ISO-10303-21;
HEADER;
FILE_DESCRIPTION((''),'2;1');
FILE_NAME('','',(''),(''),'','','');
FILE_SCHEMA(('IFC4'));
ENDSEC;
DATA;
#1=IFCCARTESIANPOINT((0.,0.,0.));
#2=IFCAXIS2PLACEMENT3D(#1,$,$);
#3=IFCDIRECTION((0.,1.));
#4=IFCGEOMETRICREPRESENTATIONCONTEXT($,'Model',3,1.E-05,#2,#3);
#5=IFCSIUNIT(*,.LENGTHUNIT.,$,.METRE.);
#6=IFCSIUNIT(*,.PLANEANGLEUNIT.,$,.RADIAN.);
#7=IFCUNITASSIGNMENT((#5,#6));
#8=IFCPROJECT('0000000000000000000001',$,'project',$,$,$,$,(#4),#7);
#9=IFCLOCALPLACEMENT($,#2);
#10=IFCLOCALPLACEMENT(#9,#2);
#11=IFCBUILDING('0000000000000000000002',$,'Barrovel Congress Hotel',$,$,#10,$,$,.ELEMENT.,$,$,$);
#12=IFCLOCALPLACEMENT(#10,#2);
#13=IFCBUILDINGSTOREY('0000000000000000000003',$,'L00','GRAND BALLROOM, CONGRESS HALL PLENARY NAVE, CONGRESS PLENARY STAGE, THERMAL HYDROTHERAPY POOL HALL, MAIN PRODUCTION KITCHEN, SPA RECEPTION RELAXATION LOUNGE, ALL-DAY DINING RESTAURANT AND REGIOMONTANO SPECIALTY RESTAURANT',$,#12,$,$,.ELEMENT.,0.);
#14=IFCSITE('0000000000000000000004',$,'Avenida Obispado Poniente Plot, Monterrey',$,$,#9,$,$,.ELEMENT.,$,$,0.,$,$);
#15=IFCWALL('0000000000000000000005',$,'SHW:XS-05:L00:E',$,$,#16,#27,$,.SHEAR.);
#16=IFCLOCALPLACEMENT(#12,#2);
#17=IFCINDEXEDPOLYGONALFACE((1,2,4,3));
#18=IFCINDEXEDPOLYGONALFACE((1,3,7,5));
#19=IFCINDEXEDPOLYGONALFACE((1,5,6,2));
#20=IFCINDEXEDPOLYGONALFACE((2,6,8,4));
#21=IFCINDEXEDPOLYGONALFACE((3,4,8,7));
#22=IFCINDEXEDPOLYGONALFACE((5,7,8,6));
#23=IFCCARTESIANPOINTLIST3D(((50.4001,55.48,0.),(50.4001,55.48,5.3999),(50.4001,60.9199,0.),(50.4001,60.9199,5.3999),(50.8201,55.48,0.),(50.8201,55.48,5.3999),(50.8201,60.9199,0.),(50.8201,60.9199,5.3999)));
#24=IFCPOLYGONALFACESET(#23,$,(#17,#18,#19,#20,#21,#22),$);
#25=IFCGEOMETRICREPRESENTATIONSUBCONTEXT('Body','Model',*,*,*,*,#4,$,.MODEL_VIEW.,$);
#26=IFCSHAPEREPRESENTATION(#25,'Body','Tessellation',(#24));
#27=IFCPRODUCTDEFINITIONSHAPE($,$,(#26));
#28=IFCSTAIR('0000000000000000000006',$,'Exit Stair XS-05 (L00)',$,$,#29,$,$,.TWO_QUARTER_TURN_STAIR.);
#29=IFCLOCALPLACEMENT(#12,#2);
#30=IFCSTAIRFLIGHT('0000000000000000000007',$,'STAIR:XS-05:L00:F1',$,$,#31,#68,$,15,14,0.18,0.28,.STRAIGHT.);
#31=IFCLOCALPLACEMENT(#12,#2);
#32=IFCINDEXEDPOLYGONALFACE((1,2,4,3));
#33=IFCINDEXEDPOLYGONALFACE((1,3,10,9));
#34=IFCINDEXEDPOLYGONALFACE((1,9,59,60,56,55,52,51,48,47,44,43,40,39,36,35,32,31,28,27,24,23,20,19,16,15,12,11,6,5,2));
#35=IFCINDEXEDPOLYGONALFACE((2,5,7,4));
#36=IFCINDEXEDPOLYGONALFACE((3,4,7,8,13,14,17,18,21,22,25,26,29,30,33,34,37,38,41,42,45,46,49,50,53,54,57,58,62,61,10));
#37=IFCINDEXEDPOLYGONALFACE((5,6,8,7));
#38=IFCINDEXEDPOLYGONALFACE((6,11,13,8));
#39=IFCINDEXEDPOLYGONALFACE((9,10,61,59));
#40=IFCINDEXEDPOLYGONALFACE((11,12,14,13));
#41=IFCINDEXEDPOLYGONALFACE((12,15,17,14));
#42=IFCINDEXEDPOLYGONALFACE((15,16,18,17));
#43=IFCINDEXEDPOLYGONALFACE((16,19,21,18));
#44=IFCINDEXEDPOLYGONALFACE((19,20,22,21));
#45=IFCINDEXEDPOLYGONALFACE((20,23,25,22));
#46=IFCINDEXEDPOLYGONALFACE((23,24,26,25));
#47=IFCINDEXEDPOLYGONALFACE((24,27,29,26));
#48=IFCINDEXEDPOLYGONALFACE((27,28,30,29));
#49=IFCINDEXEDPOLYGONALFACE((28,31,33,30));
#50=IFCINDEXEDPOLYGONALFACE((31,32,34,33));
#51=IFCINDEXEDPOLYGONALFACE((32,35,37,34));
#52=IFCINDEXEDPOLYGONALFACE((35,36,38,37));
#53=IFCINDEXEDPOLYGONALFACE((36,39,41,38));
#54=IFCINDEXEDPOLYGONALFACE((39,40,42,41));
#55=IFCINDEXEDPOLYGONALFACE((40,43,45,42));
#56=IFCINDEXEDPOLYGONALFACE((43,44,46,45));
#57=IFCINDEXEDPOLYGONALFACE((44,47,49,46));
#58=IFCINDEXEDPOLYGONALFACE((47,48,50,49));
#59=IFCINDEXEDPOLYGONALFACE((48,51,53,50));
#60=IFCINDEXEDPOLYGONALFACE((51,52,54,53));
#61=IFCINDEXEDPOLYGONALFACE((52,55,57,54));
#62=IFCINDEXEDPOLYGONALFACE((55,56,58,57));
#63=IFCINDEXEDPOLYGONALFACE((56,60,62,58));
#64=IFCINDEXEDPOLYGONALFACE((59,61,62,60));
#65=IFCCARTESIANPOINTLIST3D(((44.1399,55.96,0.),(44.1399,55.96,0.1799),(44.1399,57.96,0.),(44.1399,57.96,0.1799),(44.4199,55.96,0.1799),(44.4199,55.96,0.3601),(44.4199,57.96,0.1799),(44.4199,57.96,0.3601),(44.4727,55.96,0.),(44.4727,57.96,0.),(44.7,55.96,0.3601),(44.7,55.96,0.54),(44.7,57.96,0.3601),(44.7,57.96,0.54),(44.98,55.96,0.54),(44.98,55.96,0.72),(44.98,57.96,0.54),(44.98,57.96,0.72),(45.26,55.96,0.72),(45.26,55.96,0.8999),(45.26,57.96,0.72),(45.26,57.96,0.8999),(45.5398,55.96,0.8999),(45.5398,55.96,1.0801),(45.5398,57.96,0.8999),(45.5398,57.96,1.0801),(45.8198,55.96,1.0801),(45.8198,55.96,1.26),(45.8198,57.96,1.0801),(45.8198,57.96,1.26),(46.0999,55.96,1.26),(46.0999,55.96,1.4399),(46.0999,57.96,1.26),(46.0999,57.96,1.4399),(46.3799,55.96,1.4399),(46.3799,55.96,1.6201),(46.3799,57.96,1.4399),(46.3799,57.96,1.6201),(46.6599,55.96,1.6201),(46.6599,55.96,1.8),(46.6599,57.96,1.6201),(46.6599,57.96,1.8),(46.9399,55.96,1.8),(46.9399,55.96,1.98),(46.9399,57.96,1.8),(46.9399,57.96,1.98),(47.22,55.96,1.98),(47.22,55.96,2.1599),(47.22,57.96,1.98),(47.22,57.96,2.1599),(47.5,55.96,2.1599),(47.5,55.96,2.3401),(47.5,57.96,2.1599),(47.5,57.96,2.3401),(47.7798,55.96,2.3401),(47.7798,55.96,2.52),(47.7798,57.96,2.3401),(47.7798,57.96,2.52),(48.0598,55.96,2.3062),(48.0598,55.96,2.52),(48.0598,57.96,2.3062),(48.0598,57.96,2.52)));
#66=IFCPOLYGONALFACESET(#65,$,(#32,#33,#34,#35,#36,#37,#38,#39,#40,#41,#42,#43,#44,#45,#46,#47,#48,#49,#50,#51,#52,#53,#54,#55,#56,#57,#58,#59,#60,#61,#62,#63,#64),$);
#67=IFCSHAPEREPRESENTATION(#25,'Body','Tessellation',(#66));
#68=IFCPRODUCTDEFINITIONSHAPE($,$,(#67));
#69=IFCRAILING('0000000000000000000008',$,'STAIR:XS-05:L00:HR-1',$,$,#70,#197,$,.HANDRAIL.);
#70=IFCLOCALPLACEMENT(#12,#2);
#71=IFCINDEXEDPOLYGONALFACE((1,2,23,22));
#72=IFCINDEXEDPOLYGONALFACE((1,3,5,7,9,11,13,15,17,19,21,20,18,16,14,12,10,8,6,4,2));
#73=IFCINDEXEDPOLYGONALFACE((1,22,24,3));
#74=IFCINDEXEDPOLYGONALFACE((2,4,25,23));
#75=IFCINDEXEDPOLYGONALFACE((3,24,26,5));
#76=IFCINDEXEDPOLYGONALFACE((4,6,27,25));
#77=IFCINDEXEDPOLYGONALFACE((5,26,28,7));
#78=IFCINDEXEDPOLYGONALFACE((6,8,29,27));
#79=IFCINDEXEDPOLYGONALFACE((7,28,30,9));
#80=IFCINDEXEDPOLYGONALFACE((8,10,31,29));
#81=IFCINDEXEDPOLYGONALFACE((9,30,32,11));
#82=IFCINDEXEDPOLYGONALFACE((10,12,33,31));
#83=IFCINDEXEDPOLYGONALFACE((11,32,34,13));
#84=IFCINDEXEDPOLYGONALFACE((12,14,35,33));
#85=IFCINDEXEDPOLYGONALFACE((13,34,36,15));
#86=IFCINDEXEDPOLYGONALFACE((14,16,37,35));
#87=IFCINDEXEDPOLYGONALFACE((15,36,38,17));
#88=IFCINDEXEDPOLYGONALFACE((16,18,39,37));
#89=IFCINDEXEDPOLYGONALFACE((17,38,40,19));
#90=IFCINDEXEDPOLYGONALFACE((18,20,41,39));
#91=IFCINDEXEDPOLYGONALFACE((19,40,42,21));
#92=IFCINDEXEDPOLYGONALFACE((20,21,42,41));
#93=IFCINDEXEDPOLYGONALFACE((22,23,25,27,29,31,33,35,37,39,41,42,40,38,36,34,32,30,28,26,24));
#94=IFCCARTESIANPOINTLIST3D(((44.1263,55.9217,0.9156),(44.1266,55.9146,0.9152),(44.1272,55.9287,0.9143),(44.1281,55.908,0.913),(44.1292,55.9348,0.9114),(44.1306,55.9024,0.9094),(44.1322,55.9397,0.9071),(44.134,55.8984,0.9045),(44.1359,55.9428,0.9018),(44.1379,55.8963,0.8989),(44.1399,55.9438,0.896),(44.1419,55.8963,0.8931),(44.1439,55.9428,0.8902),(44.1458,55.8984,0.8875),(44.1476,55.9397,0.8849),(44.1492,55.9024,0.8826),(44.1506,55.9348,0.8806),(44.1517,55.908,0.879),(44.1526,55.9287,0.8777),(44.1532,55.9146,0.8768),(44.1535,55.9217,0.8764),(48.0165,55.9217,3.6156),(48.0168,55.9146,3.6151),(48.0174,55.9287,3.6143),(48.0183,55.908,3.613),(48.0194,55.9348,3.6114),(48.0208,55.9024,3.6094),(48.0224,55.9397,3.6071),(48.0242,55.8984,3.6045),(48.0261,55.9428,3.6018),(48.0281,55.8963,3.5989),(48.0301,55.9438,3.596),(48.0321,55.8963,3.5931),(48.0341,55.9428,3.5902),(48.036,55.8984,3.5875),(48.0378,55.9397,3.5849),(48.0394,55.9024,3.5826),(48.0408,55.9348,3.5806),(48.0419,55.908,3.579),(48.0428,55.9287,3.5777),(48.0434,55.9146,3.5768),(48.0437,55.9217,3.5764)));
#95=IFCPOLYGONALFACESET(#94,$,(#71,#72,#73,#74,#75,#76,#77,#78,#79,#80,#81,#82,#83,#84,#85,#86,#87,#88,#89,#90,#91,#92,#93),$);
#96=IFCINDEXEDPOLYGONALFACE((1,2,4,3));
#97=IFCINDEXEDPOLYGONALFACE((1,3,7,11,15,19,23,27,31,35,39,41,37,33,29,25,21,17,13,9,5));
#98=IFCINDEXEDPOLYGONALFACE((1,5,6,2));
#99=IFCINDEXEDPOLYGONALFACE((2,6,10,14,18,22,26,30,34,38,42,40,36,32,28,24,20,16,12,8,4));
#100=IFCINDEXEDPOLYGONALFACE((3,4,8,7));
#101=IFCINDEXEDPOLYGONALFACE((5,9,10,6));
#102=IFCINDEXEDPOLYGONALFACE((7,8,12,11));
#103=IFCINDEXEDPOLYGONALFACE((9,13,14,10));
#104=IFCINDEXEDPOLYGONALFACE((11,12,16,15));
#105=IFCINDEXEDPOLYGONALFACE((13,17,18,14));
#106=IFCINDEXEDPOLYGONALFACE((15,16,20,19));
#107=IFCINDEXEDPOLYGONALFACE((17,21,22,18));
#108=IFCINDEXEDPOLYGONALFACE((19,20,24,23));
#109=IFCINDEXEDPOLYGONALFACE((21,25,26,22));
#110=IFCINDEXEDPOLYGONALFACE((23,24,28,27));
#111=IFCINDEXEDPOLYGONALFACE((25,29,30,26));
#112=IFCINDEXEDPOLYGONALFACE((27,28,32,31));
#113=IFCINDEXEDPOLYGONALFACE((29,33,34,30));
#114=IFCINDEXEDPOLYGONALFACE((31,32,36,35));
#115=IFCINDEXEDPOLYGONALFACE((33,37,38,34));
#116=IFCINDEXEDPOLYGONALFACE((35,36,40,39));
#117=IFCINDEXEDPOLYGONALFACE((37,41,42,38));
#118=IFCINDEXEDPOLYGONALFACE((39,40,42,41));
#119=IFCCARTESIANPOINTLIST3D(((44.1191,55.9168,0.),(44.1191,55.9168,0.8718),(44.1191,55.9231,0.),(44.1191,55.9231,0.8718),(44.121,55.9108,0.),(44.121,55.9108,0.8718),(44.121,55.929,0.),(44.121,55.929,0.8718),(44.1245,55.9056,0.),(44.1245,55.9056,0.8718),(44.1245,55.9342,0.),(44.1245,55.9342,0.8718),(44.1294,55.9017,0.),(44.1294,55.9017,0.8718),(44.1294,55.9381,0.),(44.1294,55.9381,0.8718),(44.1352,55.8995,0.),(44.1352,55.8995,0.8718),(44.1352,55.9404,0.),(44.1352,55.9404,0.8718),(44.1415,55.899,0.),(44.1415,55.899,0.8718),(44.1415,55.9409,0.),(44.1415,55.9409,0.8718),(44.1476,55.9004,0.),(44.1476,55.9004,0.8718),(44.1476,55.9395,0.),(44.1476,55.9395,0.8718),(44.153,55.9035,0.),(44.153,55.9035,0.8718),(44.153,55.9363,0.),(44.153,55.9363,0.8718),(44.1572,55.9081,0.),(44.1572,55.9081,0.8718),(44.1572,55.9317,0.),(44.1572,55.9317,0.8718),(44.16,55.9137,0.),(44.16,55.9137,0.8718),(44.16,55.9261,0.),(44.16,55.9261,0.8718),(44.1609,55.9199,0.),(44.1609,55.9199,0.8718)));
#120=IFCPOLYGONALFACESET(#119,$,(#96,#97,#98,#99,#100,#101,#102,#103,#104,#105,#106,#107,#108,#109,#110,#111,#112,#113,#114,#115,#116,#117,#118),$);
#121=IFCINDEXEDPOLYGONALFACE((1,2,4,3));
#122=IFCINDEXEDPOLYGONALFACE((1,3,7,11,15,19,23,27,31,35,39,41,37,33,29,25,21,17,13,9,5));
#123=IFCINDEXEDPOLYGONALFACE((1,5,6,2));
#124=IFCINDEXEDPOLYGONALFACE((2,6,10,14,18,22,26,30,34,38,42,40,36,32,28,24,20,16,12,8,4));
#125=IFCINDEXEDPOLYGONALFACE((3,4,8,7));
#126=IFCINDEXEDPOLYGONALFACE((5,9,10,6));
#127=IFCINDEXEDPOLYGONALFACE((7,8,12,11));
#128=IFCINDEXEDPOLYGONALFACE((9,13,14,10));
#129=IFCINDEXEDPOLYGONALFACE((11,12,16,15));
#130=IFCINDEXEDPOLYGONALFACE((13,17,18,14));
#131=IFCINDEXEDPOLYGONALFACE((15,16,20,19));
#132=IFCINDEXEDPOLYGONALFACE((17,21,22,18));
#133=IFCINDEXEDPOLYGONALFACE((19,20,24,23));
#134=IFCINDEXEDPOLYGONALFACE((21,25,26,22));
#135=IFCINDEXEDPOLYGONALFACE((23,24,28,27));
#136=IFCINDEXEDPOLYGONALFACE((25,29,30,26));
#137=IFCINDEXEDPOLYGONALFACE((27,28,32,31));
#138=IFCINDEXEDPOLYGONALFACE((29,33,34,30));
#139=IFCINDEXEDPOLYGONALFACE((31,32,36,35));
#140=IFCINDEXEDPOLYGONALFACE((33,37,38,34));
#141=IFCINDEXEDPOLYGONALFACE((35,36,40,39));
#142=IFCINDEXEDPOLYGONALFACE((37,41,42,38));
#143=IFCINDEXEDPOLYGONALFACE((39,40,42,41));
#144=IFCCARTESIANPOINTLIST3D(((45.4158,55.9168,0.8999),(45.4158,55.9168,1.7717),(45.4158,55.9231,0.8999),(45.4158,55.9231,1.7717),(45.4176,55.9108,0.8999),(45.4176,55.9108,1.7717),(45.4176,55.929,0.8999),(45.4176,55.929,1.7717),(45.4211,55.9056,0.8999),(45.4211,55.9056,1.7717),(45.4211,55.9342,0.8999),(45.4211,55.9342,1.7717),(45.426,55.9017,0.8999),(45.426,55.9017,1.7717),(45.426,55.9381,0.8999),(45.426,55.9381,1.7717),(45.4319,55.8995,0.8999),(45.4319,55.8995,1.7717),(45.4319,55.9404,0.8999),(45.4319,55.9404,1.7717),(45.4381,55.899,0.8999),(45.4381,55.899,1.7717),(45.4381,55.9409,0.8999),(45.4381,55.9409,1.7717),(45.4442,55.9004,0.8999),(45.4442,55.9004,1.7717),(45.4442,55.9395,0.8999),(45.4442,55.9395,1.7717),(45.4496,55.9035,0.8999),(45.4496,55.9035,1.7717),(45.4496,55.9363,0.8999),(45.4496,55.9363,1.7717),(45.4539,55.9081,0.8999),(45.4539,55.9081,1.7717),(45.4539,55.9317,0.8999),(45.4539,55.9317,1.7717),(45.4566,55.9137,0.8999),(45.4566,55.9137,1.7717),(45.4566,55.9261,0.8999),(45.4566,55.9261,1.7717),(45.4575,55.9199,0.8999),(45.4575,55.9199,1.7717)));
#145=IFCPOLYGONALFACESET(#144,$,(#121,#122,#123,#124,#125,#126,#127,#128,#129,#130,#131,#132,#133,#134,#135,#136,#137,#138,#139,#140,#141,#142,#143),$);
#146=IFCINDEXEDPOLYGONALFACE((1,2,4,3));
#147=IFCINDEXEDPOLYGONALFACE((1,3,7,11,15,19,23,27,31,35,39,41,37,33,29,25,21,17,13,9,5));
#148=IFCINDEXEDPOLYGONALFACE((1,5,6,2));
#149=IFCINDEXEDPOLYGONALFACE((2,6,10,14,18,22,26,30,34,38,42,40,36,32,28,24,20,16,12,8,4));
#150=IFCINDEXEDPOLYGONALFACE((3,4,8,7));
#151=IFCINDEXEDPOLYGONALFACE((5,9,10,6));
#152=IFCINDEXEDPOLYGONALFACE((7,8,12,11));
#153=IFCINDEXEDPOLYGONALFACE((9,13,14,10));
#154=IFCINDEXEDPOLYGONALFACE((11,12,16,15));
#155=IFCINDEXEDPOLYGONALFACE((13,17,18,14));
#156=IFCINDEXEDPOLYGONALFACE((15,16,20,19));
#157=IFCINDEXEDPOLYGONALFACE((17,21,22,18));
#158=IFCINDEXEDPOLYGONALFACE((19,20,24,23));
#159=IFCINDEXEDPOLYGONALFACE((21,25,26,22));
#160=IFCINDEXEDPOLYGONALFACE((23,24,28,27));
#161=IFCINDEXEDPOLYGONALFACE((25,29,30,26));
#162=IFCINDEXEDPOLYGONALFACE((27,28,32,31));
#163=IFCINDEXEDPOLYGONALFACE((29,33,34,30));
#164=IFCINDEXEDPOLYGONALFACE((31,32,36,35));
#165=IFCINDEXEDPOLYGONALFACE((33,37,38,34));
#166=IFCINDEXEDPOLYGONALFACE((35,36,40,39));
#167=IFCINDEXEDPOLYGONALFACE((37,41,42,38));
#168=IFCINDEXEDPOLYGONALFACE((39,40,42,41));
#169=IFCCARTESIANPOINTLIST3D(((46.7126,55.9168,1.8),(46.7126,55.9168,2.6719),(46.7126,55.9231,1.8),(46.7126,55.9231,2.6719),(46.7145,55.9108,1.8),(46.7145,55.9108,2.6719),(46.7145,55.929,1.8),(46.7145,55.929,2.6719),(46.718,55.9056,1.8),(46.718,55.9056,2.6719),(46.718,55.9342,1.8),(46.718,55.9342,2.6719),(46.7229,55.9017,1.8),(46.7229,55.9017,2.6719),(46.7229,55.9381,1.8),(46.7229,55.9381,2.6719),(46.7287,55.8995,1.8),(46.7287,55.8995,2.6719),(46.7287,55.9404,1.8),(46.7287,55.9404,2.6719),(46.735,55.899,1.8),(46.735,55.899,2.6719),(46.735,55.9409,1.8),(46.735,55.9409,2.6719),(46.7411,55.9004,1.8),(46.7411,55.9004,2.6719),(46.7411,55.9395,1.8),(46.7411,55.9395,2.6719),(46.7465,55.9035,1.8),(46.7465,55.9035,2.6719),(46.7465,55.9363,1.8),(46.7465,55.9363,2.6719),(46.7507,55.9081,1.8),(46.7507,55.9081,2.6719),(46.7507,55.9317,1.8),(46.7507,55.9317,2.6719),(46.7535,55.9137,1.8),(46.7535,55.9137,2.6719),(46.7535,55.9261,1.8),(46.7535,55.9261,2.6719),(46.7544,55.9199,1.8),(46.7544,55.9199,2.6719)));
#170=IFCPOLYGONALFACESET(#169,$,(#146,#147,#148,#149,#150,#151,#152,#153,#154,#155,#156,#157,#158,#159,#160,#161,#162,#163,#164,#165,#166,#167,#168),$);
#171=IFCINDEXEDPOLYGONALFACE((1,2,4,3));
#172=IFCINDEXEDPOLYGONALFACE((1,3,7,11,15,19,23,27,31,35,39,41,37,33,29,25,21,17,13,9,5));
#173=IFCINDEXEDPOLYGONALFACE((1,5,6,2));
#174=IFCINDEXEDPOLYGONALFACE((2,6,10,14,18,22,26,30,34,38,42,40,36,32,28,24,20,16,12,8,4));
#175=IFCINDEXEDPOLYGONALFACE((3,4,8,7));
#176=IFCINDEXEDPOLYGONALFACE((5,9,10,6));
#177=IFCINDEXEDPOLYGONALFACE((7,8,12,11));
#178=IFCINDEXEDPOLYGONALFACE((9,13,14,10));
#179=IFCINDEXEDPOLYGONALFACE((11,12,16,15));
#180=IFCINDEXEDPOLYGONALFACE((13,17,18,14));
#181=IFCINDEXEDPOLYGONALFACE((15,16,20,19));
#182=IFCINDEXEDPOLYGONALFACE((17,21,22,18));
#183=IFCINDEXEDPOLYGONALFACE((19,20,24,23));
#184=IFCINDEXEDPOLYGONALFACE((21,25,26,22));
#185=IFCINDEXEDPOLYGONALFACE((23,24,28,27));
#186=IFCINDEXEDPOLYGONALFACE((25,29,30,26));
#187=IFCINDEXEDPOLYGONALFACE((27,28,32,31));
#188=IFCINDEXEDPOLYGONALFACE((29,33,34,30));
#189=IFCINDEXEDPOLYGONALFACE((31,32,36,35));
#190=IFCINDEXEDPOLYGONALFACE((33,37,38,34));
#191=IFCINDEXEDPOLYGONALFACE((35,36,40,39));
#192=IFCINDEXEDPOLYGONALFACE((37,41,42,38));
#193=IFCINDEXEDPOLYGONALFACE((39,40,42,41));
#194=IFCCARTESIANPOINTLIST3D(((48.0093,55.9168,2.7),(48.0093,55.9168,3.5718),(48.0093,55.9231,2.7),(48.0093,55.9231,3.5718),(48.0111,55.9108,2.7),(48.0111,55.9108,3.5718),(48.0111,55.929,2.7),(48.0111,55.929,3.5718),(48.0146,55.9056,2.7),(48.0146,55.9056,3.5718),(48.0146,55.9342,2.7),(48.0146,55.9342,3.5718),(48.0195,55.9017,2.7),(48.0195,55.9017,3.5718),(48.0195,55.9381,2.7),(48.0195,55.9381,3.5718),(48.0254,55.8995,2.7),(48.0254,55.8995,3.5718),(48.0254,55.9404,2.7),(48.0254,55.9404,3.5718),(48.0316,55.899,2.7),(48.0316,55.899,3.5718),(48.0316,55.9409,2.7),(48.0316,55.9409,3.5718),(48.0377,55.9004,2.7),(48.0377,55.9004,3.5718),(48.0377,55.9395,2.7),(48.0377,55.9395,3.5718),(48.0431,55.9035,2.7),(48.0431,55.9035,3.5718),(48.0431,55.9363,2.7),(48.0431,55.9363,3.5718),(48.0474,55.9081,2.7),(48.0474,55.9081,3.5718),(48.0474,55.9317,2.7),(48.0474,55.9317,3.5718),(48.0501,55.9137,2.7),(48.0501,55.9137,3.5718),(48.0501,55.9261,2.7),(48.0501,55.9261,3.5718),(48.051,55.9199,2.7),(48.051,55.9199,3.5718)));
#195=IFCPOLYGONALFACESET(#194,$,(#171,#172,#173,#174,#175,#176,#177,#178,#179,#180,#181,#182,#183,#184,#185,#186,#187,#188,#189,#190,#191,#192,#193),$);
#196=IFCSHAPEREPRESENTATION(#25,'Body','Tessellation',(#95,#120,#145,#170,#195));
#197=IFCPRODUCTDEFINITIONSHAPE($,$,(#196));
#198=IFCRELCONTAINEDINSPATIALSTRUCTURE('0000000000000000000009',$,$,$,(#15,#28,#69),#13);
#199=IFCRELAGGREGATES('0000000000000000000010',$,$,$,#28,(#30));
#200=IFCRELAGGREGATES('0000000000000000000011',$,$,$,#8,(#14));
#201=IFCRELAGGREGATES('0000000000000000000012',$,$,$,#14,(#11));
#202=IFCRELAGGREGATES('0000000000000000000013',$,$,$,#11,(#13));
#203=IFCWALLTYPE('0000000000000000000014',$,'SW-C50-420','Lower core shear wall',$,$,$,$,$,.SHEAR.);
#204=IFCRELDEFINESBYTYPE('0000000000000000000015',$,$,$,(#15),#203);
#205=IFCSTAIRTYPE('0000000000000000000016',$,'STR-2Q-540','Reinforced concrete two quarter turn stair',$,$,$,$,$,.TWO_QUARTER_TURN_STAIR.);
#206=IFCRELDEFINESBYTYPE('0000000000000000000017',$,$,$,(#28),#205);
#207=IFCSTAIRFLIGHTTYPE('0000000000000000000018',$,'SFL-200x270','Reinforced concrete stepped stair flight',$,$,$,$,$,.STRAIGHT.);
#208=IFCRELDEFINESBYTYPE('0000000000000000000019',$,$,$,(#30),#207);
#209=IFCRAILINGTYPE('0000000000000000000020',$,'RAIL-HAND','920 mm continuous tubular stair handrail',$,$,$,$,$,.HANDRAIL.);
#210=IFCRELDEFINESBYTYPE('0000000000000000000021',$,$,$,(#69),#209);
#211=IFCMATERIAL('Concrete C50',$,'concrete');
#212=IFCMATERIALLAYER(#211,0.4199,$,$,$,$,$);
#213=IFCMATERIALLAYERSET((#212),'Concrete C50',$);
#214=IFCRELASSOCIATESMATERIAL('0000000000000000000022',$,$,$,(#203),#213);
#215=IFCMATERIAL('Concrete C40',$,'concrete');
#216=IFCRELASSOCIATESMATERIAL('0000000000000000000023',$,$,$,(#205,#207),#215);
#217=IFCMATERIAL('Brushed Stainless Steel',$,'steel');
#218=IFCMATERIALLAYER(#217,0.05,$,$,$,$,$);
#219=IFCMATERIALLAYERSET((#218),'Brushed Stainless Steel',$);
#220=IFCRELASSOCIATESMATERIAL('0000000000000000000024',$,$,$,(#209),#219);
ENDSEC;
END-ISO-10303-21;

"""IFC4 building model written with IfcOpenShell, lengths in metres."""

from ifc_helpers import new_model, si_unit, direction, frame, frame_2d, origin, origin_2d, place, context, subcontext, project, spatial, polyline, rectangle, circle, outline, extrude, material, layer, layer_set, type_object, element, aggregate, save


model = new_model("IFC4")

# Units and contexts
model_context = context("Model", 3, precision=1e-05, world=origin(), true_north=direction((0.0, 1.0)))
body_context = subcontext(model_context, "Body", "Model", "MODEL_VIEW")
ifc_project = project(units=[si_unit("LENGTHUNIT", "METRE"), si_unit("PLANEANGLEUNIT", "RADIAN")], contexts=[model_context])

# Site, building, storey
site_placement = place(None, origin())
site = spatial("IfcSite", under=ifc_project, at=site_placement, Name="Avenida Obispado Poniente Plot, Monterrey", CompositionType="ELEMENT", RefElevation=0.0)
building_placement = place(site_placement, origin())
building = spatial("IfcBuilding", under=site, at=building_placement, Name="Barrovel Congress Hotel", CompositionType="ELEMENT")
storey_placement = place(building_placement, origin())
storey = spatial("IfcBuildingStorey", under=building, at=storey_placement, Name="L00", Description="GRAND BALLROOM, CONGRESS HALL PLENARY NAVE, CONGRESS PLENARY STAGE, THERMAL HYDROTHERAPY POOL HALL, MAIN PRODUCTION KITCHEN, SPA RECEPTION RELAXATION LOUNGE, ALL-DAY DINING RESTAURANT AND REGIOMONTANO SPECIALTY RESTAURANT", CompositionType="ELEMENT", Elevation=0.0)

# Shared definitions
ifc_material_1 = material(Name="Concrete C40", Category="concrete")

# Wall
ifc_material_2 = material(Name="Concrete C50", Category="concrete")
ifc_layer_1 = layer(ifc_material_2, 0.4199)
ifc_layer_set_1 = layer_set([ifc_layer_1], Name="Concrete C50")
wall_type_1 = type_object("IfcWallType", Name="SW-C50-420", Description="Lower core shear wall", PredefinedType="SHEAR", material=ifc_layer_set_1)
wall_1_placement = place(storey_placement, frame((50.6101, 55.48, 0.0), z_axis=(0.0, 0.0, 1.0), x_axis=(0.0, 1.0, 0.0)))
element("IfcWall", 1, at=wall_1_placement, inside=storey, type_object=wall_type_1, Name="SHW:XS-05:L00:E", PredefinedType="SHEAR", context=body_context, shape_type="SweptSolid", body=[
    extrude(rectangle(XDim=5.4399, YDim=0.4199, at=frame_2d((2.72, 0.0))), origin(), (0.0, 0.0, 1.0), 5.3999),
])

# Stair, stair flight
stair_type = type_object("IfcStairType", Name="STR-2Q-540", Description="Reinforced concrete two quarter turn stair", PredefinedType="TWO_QUARTER_TURN_STAIR", material=ifc_material_1)
stair_placement = place(storey_placement, origin())
stair = element("IfcStair", 2, at=stair_placement, inside=storey, type_object=stair_type, Name="Exit Stair XS-05 (L00)", PredefinedType="TWO_QUARTER_TURN_STAIR")
stair_flight_type = type_object("IfcStairFlightType", Name="SFL-200x270", Description="Reinforced concrete stepped stair flight", PredefinedType="STRAIGHT", material=ifc_material_1)
stair_flight_placement = place(storey_placement, frame((44.1399, 56.96, 0.0), z_axis=(0.0, 0.0, 1.0), x_axis=(1.0, 0.0, 0.0)))
stair_flight = element("IfcStairFlight", 3, at=stair_flight_placement, type_object=stair_flight_type, Name="STAIR:XS-05:L00:F1", NumberOfRisers=15, NumberOfTreads=14, PredefinedType="STRAIGHT", RiserHeight=0.18, TreadLength=0.28, context=body_context, shape_type="SweptSolid", body=[
    extrude(outline(polyline([(0.0, 0.0), (0.0, 0.1799), (0.28, 0.1799), (0.28, 0.3601), (0.5601, 0.3601), (0.5601, 0.54), (0.8401, 0.54), (0.8401, 0.72), (1.1201, 0.72), (1.1201, 0.8999), (1.3999, 0.8999), (1.3999, 1.0801), (1.6799, 1.0801), (1.6799, 1.26), (1.96, 1.26), (1.96, 1.4399), (2.24, 1.4399), (2.24, 1.6201), (2.52, 1.6201), (2.52, 1.8), (2.8, 1.8), (2.8, 1.98), (3.0801, 1.98), (3.0801, 2.1599), (3.3601, 2.1599), (3.3601, 2.3401), (3.6399, 2.3401), (3.6399, 2.52), (3.9199, 2.52), (3.9199, 2.7), (3.9199, 2.3062), (0.3328, 0.0), (0.0, 0.0)])), frame((0.0, 1.0, 0.0), z_axis=(0.0, -1.0, 0.0), x_axis=(1.0, 0.0, 0.0)), (0.0, 0.0, 1.0), 2.0),
])
aggregate(stair, [stair_flight])

# Railing
ifc_material_3 = material(Name="Brushed Stainless Steel", Category="steel")
ifc_layer_2 = layer(ifc_material_3, 0.05)
ifc_layer_set_2 = layer_set([ifc_layer_2], Name="Brushed Stainless Steel")
railing_type = type_object("IfcRailingType", Name="RAIL-HAND", Description="920 mm continuous tubular stair handrail", PredefinedType="HANDRAIL", material=ifc_layer_set_2)
railing_placement = place(storey_placement, frame((44.1399, 55.9199, 0.0)))
element("IfcRailing", 4, at=railing_placement, inside=storey, type_object=railing_type, Name="STAIR:XS-05:L00:HR-1", PredefinedType="HANDRAIL", context=body_context, shape_type="SweptSolid", body=[
    extrude(circle(Radius=0.0239, at=origin_2d()), frame((0.0, 0.0, 0.896), z_axis=(0.821522, 0.0, 0.570177), x_axis=(0.0, 1.0, 0.0)), (0.0, 0.0, 1.0), 4.7354),
    extrude(circle(Radius=0.021, at=origin_2d()), origin(), (0.0, 0.0, 1.0), 0.8718),
    extrude(circle(Radius=0.021, at=origin_2d()), frame((1.2966, 0.0, 0.8999)), (0.0, 0.0, 1.0), 0.8718),
    extrude(circle(Radius=0.021, at=origin_2d()), frame((2.5935, 0.0, 1.8)), (0.0, 0.0, 1.0), 0.8718),
    extrude(circle(Radius=0.021, at=origin_2d()), frame((3.8901, 0.0, 2.7)), (0.0, 0.0, 1.0), 0.8718),
])

save(model, "model.ifc")
